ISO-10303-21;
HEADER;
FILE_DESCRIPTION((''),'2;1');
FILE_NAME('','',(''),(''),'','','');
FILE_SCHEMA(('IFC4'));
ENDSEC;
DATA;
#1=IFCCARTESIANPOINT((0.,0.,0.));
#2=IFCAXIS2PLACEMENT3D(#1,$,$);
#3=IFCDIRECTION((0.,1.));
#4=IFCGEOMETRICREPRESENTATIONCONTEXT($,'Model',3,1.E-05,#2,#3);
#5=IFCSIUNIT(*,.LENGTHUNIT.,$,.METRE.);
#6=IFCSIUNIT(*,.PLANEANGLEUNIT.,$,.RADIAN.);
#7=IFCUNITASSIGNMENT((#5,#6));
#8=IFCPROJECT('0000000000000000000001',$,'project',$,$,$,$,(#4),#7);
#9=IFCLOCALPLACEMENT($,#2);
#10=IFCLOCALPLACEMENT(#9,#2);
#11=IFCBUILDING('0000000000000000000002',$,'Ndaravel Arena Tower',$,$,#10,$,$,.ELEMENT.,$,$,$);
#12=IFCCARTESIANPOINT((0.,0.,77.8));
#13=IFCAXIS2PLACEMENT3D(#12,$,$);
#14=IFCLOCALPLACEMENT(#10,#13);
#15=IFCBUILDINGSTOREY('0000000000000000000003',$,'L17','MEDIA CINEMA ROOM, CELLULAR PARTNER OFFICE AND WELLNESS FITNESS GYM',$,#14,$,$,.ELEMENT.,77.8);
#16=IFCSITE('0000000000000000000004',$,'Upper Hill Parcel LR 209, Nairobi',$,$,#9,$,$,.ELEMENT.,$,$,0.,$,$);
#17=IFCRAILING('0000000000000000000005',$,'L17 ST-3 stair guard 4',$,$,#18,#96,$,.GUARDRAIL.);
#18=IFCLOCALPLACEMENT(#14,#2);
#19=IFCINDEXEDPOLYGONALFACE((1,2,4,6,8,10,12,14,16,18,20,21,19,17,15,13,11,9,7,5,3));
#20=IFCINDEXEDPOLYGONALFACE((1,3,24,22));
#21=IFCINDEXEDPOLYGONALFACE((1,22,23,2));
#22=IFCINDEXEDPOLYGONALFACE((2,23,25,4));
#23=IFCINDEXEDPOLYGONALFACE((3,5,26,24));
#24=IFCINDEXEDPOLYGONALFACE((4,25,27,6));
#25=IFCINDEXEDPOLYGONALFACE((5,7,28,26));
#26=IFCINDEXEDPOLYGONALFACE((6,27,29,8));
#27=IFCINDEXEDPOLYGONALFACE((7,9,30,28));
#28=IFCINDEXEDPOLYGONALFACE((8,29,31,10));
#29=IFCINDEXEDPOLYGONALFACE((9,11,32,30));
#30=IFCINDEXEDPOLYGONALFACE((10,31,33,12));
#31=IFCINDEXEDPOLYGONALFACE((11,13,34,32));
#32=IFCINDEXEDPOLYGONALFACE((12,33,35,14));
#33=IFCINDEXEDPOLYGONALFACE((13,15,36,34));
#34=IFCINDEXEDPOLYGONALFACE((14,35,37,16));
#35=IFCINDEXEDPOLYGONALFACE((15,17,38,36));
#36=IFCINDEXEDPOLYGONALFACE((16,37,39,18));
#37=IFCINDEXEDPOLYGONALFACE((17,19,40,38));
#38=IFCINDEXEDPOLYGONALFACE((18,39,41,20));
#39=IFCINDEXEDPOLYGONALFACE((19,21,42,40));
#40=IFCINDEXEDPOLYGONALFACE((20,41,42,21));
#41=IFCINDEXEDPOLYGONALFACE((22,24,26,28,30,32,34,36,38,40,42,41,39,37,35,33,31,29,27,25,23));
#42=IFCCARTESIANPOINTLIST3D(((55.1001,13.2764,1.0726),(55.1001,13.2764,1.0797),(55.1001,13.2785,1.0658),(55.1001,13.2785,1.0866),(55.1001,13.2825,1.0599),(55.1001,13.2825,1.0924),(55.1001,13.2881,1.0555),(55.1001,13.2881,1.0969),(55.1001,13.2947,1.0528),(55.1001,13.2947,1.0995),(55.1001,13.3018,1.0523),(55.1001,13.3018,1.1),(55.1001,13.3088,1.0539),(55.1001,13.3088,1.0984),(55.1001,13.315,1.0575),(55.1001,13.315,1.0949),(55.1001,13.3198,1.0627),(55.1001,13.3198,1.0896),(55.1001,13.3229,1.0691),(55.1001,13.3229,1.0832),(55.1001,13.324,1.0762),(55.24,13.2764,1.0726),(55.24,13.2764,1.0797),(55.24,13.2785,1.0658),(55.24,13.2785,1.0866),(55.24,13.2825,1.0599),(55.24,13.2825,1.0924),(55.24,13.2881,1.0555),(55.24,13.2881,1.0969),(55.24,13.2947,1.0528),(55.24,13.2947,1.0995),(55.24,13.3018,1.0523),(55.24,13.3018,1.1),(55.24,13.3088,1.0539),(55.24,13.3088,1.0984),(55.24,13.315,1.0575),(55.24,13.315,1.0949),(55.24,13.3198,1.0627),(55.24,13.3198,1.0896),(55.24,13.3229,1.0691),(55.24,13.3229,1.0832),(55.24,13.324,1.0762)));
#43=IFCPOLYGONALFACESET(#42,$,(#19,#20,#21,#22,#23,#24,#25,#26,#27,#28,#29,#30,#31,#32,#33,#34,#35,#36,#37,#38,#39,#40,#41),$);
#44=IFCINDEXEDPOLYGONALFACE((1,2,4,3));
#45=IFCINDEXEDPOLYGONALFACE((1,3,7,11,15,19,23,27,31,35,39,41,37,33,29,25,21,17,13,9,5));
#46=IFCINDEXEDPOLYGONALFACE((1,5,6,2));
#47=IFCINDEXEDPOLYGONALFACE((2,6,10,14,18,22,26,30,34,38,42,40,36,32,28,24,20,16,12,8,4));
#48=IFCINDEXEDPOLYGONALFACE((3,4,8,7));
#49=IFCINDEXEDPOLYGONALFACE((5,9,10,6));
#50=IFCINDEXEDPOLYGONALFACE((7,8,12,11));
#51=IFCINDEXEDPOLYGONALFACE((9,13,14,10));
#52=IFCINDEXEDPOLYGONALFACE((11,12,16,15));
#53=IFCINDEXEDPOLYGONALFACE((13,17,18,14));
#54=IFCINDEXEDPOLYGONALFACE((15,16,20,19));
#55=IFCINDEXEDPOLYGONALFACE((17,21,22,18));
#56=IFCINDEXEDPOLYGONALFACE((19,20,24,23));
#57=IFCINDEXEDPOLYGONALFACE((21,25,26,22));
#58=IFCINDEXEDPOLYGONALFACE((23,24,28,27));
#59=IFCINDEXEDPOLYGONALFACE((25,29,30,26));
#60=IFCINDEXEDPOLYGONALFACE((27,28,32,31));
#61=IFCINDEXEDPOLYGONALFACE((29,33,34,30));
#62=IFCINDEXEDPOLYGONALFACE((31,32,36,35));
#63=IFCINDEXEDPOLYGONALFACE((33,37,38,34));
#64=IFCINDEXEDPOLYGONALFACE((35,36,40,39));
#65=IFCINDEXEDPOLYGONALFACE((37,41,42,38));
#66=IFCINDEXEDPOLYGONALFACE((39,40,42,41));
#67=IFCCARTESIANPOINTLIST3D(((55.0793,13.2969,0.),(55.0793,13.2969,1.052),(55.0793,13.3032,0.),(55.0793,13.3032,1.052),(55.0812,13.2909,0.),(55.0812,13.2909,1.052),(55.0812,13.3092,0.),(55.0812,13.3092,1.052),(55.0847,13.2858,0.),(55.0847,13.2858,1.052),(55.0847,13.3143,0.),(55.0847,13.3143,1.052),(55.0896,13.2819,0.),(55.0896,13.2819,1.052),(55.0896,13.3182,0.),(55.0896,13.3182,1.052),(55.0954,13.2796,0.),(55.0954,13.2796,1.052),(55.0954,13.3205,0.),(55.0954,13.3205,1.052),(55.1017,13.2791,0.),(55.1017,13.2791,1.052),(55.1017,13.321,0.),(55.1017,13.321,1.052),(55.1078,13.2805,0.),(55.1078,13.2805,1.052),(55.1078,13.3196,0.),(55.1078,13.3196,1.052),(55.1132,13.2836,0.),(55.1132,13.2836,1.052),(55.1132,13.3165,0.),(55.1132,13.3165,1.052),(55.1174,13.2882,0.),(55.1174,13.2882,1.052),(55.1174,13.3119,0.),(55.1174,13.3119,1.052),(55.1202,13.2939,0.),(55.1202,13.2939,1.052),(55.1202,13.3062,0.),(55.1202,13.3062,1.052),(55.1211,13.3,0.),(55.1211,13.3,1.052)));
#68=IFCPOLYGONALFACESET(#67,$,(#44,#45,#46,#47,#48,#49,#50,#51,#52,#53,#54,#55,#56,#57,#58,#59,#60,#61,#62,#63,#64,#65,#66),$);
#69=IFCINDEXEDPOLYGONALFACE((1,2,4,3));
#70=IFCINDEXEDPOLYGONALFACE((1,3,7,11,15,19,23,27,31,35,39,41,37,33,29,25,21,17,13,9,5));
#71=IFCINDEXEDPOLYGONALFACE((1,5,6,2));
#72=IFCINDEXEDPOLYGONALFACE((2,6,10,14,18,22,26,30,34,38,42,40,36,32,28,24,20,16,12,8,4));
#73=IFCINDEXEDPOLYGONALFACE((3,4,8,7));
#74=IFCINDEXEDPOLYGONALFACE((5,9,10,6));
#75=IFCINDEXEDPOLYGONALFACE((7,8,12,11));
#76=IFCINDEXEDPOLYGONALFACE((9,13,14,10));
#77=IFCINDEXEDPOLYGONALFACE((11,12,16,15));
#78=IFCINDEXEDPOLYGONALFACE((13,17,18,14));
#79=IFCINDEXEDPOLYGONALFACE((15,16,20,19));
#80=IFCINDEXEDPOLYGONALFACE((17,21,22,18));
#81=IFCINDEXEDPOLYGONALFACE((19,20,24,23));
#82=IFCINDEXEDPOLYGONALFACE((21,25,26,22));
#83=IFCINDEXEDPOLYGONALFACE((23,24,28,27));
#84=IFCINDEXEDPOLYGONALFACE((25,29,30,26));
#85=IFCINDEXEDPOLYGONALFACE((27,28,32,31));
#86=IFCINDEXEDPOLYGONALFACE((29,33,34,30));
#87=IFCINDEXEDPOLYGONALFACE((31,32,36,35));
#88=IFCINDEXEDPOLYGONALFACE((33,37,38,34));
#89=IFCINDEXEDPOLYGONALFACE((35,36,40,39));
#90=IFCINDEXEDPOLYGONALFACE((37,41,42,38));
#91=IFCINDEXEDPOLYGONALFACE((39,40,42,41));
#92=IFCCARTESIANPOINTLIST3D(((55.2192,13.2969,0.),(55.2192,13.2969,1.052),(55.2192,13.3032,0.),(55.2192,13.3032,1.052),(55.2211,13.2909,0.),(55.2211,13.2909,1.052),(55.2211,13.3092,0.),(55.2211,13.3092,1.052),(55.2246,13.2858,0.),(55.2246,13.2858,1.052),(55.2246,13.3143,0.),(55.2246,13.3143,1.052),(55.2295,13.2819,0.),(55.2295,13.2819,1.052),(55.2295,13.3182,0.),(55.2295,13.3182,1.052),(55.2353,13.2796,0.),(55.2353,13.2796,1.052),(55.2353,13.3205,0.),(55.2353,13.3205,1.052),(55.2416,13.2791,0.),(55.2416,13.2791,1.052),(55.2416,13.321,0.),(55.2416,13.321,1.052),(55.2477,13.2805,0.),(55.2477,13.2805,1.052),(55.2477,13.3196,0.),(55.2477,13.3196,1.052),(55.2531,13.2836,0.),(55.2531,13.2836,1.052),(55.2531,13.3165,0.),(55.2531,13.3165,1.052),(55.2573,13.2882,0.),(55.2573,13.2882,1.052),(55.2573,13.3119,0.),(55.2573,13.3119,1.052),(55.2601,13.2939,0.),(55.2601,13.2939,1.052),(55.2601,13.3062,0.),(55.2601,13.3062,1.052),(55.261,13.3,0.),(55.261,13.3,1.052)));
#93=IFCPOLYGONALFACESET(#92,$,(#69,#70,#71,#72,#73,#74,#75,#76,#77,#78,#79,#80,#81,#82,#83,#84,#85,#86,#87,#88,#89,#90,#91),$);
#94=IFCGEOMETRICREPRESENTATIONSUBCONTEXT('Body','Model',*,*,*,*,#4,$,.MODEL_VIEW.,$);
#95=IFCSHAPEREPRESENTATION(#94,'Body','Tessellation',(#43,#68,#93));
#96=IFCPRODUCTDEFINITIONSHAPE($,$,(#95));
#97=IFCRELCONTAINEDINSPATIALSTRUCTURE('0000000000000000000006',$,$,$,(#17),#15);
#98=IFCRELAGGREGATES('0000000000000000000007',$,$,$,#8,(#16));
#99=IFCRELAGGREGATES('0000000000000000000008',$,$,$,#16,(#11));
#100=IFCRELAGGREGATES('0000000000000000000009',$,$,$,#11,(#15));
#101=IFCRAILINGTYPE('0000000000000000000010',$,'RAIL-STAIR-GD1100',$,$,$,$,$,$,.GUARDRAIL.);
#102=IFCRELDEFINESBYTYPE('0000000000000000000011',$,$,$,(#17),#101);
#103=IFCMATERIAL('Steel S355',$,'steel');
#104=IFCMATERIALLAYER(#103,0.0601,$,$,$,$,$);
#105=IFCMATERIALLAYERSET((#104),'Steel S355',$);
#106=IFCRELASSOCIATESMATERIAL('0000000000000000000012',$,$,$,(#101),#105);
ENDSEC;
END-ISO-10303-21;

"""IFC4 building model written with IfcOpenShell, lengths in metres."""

from ifc_helpers import new_model, si_unit, direction, frame, origin, origin_2d, place, context, subcontext, project, spatial, circle, extrude, material, layer, layer_set, type_object, element, save


model = new_model("IFC4")

# Units and contexts
model_context = context("Model", 3, precision=1e-05, world=origin(), true_north=direction((0.0, 1.0)))
body_context = subcontext(model_context, "Body", "Model", "MODEL_VIEW")
ifc_project = project(units=[si_unit("LENGTHUNIT", "METRE"), si_unit("PLANEANGLEUNIT", "RADIAN")], contexts=[model_context])

# Site, building, storey
site_placement = place(None, origin())
site = spatial("IfcSite", under=ifc_project, at=site_placement, Name="Upper Hill Parcel LR 209, Nairobi", CompositionType="ELEMENT", RefElevation=0.0)
building_placement = place(site_placement, origin())
building = spatial("IfcBuilding", under=site, at=building_placement, Name="Ndaravel Arena Tower", CompositionType="ELEMENT")
storey_placement = place(building_placement, frame((0.0, 0.0, 77.8)))
storey = spatial("IfcBuildingStorey", under=building, at=storey_placement, Name="L17", Description="MEDIA CINEMA ROOM, CELLULAR PARTNER OFFICE AND WELLNESS FITNESS GYM", CompositionType="ELEMENT", Elevation=77.8)

# Railing
ifc_material_1 = material(Name="Steel S355", Category="steel")
ifc_layer_1 = layer(ifc_material_1, 0.0601)
ifc_layer_set_1 = layer_set([ifc_layer_1], Name="Steel S355")
railing_type_1 = type_object("IfcRailingType", Name="RAIL-STAIR-GD1100", PredefinedType="GUARDRAIL", material=ifc_layer_set_1)
railing_1_placement = place(storey_placement, frame((55.1001, 13.3, 0.0)))
element("IfcRailing", 1, at=railing_1_placement, inside=storey, type_object=railing_type_1, Name="L17 ST-3 stair guard 4", PredefinedType="GUARDRAIL", context=body_context, shape_type="SweptSolid", body=[
    extrude(circle(Radius=0.0239, at=origin_2d()), frame((0.0, 0.0, 1.0762), z_axis=(1.0, 0.0, 0.0), x_axis=(0.0, 1.0, 0.0)), (0.0, 0.0, 1.0), 0.1399),
    extrude(circle(Radius=0.021, at=origin_2d()), origin(), (0.0, 0.0, 1.0), 1.052),
    extrude(circle(Radius=0.021, at=origin_2d()), frame((0.1399, 0.0, 0.0)), (0.0, 0.0, 1.0), 1.052),
])

save(model, "model.ifc")
